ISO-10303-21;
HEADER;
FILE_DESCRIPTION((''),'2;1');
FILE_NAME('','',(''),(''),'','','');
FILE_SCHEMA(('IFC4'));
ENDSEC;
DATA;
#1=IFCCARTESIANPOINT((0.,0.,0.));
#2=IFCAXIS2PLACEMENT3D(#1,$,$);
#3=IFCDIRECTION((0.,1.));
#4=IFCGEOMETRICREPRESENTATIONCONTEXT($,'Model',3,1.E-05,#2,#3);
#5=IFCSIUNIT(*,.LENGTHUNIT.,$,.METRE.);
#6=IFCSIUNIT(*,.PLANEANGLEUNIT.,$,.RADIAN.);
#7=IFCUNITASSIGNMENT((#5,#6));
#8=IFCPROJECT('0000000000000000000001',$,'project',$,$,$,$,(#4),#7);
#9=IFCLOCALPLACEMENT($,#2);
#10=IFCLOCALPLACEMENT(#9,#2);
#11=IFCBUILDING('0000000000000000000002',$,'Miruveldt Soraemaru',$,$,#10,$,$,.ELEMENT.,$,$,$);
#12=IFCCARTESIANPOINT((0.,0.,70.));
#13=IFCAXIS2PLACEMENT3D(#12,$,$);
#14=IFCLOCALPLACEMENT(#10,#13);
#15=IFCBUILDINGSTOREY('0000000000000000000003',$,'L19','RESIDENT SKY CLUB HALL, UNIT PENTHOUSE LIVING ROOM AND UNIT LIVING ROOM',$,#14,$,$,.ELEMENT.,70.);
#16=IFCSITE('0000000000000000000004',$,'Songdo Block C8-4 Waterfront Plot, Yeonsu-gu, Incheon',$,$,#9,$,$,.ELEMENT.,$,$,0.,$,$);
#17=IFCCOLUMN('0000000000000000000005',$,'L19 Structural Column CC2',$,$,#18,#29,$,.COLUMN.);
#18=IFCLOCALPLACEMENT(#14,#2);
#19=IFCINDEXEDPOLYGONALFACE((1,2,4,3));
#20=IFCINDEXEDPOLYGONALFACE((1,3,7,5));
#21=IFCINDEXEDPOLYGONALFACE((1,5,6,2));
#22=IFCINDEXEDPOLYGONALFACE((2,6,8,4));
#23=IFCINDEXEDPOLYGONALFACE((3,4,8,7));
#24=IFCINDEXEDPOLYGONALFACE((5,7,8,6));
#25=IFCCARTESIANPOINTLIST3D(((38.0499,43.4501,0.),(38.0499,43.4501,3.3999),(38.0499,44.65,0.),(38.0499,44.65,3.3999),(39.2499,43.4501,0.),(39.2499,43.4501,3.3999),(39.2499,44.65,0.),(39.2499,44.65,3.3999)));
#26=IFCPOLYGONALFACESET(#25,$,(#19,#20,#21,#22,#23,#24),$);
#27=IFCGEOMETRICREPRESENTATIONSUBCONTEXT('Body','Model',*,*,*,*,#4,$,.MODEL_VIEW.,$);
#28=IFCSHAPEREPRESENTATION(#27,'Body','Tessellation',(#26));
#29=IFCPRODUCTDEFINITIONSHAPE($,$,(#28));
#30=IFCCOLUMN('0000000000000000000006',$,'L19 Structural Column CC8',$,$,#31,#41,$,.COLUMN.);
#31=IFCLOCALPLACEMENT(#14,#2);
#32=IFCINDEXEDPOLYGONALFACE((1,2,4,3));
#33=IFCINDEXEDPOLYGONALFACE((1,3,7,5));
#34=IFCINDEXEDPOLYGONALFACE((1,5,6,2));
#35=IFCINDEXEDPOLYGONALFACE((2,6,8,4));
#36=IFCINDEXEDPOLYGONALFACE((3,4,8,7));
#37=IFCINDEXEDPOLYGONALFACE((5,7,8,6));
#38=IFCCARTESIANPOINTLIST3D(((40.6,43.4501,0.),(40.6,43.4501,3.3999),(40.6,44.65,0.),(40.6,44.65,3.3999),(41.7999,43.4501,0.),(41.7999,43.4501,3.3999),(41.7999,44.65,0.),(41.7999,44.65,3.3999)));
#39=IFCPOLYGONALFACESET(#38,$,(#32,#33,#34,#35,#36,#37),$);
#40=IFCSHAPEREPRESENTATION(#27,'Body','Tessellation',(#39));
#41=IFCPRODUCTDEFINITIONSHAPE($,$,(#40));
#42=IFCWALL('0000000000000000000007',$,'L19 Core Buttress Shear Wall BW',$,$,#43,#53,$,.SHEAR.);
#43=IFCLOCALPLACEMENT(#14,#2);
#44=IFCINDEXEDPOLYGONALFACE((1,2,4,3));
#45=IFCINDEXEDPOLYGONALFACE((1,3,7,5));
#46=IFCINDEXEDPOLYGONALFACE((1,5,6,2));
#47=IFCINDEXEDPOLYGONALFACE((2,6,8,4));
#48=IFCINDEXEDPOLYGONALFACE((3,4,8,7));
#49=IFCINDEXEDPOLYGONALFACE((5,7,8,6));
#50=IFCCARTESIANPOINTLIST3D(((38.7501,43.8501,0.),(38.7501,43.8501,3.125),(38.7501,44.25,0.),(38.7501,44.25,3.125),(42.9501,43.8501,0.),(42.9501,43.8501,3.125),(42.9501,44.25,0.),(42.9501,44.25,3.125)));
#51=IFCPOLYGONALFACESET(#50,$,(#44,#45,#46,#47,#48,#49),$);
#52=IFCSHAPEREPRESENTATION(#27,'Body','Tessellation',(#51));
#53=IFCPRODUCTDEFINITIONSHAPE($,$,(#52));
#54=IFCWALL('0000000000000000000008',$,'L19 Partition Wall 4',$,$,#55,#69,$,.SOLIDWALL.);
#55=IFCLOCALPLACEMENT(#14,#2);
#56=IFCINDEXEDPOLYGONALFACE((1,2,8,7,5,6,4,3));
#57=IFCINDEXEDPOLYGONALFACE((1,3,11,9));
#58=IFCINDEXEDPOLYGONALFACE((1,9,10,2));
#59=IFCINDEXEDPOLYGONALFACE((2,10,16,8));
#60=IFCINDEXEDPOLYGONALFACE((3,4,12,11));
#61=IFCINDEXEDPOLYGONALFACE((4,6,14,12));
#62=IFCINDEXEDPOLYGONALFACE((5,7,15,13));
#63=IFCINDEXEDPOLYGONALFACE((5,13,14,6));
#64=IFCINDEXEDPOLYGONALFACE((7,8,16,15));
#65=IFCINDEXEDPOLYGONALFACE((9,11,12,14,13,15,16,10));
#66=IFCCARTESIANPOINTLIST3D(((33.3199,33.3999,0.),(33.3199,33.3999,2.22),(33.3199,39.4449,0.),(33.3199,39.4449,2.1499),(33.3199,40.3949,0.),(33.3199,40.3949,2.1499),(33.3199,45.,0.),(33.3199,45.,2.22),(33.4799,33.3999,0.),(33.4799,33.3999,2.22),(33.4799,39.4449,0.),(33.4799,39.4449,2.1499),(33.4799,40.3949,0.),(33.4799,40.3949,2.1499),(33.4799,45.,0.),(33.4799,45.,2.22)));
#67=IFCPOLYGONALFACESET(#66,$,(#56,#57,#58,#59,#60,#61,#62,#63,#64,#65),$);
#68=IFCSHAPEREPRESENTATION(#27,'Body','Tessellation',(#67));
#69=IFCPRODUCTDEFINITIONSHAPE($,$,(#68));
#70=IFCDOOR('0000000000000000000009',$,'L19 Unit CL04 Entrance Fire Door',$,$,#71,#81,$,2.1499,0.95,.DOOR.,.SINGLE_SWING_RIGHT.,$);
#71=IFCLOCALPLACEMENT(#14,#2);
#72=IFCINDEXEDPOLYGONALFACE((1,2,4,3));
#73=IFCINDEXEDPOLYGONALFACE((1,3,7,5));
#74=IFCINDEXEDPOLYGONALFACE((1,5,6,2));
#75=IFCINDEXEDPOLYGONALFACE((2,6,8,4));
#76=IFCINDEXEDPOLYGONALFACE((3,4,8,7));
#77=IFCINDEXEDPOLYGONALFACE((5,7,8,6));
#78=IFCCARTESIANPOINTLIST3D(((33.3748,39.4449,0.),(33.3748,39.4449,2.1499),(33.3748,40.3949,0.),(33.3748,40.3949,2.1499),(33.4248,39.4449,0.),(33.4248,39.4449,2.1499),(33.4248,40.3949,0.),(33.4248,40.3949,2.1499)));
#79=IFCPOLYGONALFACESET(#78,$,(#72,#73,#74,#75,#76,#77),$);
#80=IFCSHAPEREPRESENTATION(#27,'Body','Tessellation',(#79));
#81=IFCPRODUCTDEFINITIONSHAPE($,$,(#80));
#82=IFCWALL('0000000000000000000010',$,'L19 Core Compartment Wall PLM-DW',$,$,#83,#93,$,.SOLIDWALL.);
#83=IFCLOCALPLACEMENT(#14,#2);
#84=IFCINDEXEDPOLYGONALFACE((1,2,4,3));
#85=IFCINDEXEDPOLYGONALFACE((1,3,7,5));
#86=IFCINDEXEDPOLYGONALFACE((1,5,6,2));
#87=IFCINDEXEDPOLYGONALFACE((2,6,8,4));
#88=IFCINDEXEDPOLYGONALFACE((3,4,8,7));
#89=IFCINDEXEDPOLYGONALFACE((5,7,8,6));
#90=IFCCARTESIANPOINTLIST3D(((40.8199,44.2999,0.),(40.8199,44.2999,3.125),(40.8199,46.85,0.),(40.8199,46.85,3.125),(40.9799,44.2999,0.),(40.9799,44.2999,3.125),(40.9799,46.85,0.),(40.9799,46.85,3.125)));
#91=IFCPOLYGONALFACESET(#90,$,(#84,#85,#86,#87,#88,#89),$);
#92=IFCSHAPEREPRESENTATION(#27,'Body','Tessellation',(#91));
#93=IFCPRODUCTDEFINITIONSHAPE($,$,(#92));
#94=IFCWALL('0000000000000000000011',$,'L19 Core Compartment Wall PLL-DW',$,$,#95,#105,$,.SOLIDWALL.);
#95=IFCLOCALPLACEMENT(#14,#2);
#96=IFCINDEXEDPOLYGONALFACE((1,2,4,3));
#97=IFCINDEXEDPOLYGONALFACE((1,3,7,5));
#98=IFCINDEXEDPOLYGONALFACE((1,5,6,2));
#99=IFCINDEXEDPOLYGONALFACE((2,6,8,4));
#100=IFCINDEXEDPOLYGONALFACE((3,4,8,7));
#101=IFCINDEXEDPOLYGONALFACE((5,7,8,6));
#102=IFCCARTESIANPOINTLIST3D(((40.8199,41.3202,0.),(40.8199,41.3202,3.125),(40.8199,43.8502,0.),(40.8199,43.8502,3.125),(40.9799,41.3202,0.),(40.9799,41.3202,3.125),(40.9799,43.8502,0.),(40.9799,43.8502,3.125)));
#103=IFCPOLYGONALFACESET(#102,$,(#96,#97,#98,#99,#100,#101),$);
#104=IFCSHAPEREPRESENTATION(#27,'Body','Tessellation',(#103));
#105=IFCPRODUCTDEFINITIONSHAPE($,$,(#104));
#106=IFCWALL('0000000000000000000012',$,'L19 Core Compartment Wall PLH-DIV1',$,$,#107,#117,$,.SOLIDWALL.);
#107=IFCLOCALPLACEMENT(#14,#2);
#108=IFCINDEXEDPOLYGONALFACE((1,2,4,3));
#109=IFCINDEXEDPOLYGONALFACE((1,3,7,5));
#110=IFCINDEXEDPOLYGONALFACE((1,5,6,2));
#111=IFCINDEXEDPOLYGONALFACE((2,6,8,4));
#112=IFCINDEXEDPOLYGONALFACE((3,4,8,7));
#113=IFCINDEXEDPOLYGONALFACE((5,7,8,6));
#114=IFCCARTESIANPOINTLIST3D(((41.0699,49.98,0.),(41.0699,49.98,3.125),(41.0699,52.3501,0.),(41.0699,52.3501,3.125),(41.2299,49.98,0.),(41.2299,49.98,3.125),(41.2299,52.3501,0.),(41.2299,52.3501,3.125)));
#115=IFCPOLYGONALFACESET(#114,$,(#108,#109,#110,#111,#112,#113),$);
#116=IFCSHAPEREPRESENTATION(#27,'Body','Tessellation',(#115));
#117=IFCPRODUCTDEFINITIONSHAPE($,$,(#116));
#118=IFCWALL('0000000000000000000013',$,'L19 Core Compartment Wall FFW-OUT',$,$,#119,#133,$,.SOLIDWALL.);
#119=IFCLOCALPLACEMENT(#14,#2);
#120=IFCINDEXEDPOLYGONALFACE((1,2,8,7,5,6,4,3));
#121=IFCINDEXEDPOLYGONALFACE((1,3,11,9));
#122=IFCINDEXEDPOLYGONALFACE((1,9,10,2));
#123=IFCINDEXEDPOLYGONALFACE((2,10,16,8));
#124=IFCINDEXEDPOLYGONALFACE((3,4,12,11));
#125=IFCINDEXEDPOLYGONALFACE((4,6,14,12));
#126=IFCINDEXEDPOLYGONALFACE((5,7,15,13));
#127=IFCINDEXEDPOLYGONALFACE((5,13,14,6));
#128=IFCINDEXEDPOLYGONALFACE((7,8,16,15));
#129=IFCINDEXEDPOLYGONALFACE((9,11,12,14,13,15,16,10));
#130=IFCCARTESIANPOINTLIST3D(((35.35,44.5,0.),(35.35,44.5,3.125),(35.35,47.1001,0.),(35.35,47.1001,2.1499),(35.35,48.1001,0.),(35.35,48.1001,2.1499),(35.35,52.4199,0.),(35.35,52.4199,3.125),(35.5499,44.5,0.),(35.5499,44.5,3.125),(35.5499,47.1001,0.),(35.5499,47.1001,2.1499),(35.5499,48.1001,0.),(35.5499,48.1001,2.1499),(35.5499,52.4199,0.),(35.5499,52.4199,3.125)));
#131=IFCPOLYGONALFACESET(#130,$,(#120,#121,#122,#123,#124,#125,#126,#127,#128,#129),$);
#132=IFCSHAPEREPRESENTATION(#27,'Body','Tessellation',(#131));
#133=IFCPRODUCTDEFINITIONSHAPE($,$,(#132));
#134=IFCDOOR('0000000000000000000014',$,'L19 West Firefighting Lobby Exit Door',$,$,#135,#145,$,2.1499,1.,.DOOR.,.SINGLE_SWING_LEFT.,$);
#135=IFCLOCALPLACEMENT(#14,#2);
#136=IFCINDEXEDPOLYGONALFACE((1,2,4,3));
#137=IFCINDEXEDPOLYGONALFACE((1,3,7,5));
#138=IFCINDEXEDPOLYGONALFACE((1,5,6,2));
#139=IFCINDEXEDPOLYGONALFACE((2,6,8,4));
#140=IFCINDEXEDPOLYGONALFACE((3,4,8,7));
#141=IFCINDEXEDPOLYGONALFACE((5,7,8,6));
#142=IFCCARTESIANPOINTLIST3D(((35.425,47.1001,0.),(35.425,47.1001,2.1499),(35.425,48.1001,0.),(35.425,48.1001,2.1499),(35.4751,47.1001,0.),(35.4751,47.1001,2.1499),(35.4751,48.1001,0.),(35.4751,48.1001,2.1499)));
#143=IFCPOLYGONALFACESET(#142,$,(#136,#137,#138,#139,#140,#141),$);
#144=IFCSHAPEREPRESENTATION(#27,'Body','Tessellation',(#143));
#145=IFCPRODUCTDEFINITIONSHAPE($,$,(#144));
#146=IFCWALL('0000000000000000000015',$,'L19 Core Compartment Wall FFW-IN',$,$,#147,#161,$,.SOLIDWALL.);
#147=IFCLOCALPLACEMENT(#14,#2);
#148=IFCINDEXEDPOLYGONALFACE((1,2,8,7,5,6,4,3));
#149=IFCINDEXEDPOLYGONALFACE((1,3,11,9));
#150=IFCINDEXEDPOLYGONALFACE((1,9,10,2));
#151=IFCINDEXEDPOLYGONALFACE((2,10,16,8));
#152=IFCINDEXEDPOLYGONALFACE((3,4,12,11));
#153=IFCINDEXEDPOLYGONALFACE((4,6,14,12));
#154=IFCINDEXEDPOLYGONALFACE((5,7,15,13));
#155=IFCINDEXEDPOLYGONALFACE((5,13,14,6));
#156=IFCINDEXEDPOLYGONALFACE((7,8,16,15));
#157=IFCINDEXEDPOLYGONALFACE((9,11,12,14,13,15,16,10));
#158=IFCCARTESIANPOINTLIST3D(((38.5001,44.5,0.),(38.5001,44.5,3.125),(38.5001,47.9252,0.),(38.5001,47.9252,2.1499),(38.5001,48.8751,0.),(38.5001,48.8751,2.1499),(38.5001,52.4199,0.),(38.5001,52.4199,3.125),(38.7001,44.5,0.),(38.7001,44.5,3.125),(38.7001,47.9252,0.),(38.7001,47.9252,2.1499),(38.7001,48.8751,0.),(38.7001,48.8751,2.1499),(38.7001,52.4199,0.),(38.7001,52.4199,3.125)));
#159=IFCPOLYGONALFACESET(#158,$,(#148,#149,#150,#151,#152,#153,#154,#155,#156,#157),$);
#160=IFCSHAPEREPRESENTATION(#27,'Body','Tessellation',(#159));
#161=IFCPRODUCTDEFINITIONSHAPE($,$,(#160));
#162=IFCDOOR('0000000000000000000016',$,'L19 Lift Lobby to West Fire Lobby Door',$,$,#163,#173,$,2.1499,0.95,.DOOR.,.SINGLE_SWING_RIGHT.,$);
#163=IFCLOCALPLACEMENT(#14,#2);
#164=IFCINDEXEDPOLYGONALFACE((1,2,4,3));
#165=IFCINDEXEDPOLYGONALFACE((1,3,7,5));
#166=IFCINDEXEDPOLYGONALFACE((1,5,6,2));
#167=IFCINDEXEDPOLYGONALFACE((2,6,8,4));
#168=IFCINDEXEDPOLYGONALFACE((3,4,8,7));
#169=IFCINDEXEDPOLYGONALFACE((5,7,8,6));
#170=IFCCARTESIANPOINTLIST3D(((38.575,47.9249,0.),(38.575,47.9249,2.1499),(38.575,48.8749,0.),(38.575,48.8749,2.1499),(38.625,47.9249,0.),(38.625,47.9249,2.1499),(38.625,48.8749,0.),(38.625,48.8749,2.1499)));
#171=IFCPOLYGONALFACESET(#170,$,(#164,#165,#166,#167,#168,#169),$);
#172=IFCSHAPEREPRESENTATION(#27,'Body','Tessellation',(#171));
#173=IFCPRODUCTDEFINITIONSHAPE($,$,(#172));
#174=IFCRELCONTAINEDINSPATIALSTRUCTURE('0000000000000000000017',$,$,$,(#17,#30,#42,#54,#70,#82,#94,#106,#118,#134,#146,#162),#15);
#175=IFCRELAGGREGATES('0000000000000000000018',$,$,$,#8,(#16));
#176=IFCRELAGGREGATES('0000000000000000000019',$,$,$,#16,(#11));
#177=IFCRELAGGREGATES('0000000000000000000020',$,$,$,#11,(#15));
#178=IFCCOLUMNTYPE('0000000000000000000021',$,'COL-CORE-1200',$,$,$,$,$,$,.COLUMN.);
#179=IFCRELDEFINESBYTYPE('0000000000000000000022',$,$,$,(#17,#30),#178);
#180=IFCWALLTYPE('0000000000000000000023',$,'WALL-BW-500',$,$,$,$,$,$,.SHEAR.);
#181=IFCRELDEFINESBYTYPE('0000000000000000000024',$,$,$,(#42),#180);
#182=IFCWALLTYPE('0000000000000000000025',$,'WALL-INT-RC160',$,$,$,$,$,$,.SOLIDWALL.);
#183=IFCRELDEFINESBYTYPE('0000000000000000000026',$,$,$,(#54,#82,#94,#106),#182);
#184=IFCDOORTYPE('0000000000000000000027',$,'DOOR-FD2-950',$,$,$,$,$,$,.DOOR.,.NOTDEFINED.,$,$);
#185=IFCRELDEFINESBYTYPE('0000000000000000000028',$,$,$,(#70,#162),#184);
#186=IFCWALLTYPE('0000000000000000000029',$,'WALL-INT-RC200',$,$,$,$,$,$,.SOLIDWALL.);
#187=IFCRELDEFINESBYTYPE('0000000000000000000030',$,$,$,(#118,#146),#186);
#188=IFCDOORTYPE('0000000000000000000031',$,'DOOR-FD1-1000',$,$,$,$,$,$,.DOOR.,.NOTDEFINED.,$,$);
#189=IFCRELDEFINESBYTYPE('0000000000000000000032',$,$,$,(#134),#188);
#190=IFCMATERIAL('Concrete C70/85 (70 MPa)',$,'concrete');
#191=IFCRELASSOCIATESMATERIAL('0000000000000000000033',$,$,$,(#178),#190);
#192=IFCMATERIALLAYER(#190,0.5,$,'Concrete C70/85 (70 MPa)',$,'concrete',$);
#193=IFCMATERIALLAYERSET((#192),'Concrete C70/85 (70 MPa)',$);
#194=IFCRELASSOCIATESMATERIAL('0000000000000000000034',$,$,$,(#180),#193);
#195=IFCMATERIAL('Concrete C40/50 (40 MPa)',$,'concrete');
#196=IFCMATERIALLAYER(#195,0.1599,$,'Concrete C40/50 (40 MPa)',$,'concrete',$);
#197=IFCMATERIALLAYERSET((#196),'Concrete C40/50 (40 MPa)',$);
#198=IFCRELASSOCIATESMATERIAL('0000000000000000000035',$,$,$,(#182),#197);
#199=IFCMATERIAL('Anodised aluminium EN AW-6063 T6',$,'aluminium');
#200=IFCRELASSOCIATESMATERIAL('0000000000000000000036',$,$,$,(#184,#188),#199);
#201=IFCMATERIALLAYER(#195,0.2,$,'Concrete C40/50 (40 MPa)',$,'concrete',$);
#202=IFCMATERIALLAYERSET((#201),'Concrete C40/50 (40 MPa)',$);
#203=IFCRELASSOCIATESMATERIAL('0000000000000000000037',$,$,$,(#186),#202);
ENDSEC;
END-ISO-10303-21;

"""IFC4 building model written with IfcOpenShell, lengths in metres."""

from ifc_helpers import new_model, si_unit, direction, frame, frame_2d, origin, origin_2d, place, context, subcontext, project, spatial, rectangle, extrude, material, layer, layer_set, material_profile, profile_set, type_object, element, fill, save


model = new_model("IFC4")

# Units and contexts
model_context = context("Model", 3, precision=1e-05, world=origin(), true_north=direction((0.0, 1.0)))
body_context = subcontext(model_context, "Body", "Model", "MODEL_VIEW")
ifc_project = project(units=[si_unit("LENGTHUNIT", "METRE"), si_unit("PLANEANGLEUNIT", "RADIAN")], contexts=[model_context])

# Site, building, storey
site_placement = place(None, origin())
site = spatial("IfcSite", under=ifc_project, at=site_placement, Name="Songdo Block C8-4 Waterfront Plot, Yeonsu-gu, Incheon", CompositionType="ELEMENT", RefElevation=0.0)
building_placement = place(site_placement, origin())
building = spatial("IfcBuilding", under=site, at=building_placement, Name="Miruveldt Soraemaru", CompositionType="ELEMENT")
storey_placement = place(building_placement, frame((0.0, 0.0, 70.0)))
storey = spatial("IfcBuildingStorey", under=building, at=storey_placement, Name="L19", Description="RESIDENT SKY CLUB HALL, UNIT PENTHOUSE LIVING ROOM AND UNIT LIVING ROOM", CompositionType="ELEMENT", Elevation=70.0)

# Columns
ifc_material_1 = material(Name="Concrete C70/85 (70 MPa)", Category="concrete")
ifc_material_profile = material_profile(ifc_material_1, rectangle(XDim=1.2, YDim=1.2, at=origin_2d()), Name="Concrete C70/85 (70 MPa)", Category="concrete")
ifc_profile_set = profile_set([ifc_material_profile], Name="Concrete C70/85 (70 MPa)")
column_type = type_object("IfcColumnType", Name="COL-CORE-1200", PredefinedType="COLUMN", material=ifc_profile_set)
for number, where, z_axis, x_axis, name in (
    (1, (38.6499, 44.05, 0.0), (0.0, 0.0, 1.0), (1.0, 0.0, 0.0), "L19 Structural Column CC2"),
    (2, (41.2, 44.05, 0.0), (0.0, 0.0, 1.0), (1.0, 0.0, 0.0), "L19 Structural Column CC8"),
):
    element("IfcColumn", number, at=place(storey_placement, frame(where, z_axis=z_axis, x_axis=x_axis)), inside=storey, type_object=column_type, Name=name, PredefinedType="COLUMN", context=body_context, shape_type="SweptSolid", body=[
        extrude(rectangle(XDim=1.2, YDim=1.2, at=origin_2d()), origin(), (0.0, 0.0, 1.0), 3.3999),
    ])

# Wall
ifc_layer_1 = layer(ifc_material_1, 0.5, Name="Concrete C70/85 (70 MPa)", Category="concrete")
ifc_layer_set_1 = layer_set([ifc_layer_1], Name="Concrete C70/85 (70 MPa)")
wall_type_1 = type_object("IfcWallType", Name="WALL-BW-500", PredefinedType="SHEAR", material=ifc_layer_set_1)
wall_1_placement = place(storey_placement, frame((38.75, 44.05, 0.0), z_axis=(0.0, 0.0, 1.0), x_axis=(1.0, 0.0, 0.0)))
element("IfcWall", 3, at=wall_1_placement, inside=storey, type_object=wall_type_1, Name="L19 Core Buttress Shear Wall BW", PredefinedType="SHEAR", context=body_context, shape_type="SweptSolid", body=[
    extrude(rectangle(XDim=4.2, YDim=0.3999, at=frame_2d((2.1001, 0.0))), origin(), (0.0, 0.0, 1.0), 3.125),
])

# Wall, opening, door
ifc_material_2 = material(Name="Concrete C40/50 (40 MPa)", Category="concrete")
ifc_layer_2 = layer(ifc_material_2, 0.1599, Name="Concrete C40/50 (40 MPa)", Category="concrete")
ifc_layer_set_2 = layer_set([ifc_layer_2], Name="Concrete C40/50 (40 MPa)")
wall_type_2 = type_object("IfcWallType", Name="WALL-INT-RC160", PredefinedType="SOLIDWALL", material=ifc_layer_set_2)
wall_2_placement = place(storey_placement, frame((33.3999, 45.0, 0.0), z_axis=(0.0, 0.0, 1.0), x_axis=(0.0, -1.0, 0.0)))
wall_2 = element("IfcWall", 4, at=wall_2_placement, inside=storey, type_object=wall_type_2, Name="L19 Partition Wall 4", PredefinedType="SOLIDWALL", context=body_context, shape_type="SweptSolid", body=[
    extrude(rectangle(XDim=11.6001, YDim=0.1599, at=frame_2d((5.8, 0.0))), origin(), (0.0, 0.0, 1.0), 2.22),
])
opening_1_placement = place(wall_2_placement, frame((4.605, 0.0, 0.0)))
opening_1 = element("IfcOpeningElement", 5, at=opening_1_placement, cuts=wall_2, PredefinedType="OPENING", context=body_context, shape_type="SweptSolid", body=[
    extrude(rectangle(XDim=0.95, YDim=2.1499, at=frame_2d((0.4751, 1.075))), frame((0.0, 0.0898, 0.0), z_axis=(0.0, -1.0, 0.0), x_axis=(1.0, 0.0, 0.0)), (0.0, 0.0, 1.0), 0.1799),
])
ifc_material_3 = material(Name="Anodised aluminium EN AW-6063 T6", Category="aluminium")
door_type_1 = type_object("IfcDoorType", Name="DOOR-FD2-950", OperationType="NOTDEFINED", PredefinedType="DOOR", material=ifc_material_3)
door_1_placement = place(opening_1_placement, origin())
door_1 = element("IfcDoor", 6, at=door_1_placement, inside=storey, type_object=door_type_1, Name="L19 Unit CL04 Entrance Fire Door", OperationType="SINGLE_SWING_RIGHT", OverallHeight=2.1499, OverallWidth=0.95, PredefinedType="DOOR", context=body_context, shape_type="SweptSolid", body=[
    extrude(rectangle(XDim=0.95, YDim=2.1499, at=frame_2d((0.4751, 1.075))), frame((0.0, 0.0249, 0.0), z_axis=(0.0, -1.0, 0.0), x_axis=(1.0, 0.0, 0.0)), (0.0, 0.0, 1.0), 0.05),
])
fill(opening_1, door_1)

# Walls
wall_3_placement = place(storey_placement, frame((40.8999, 44.3, 0.0), z_axis=(0.0, 0.0, 1.0), x_axis=(0.0, 1.0, 0.0)))
element("IfcWall", 7, at=wall_3_placement, inside=storey, type_object=wall_type_2, Name="L19 Core Compartment Wall PLM-DW", PredefinedType="SOLIDWALL", context=body_context, shape_type="SweptSolid", body=[
    extrude(rectangle(XDim=2.55, YDim=0.1599, at=frame_2d((1.2749, 0.0))), origin(), (0.0, 0.0, 1.0), 3.125),
])
wall_4_placement = place(storey_placement, frame((40.8999, 41.3201, 0.0), z_axis=(0.0, 0.0, 1.0), x_axis=(0.0, 1.0, 0.0)))
element("IfcWall", 8, at=wall_4_placement, inside=storey, type_object=wall_type_2, Name="L19 Core Compartment Wall PLL-DW", PredefinedType="SOLIDWALL", context=body_context, shape_type="SweptSolid", body=[
    extrude(rectangle(XDim=2.53, YDim=0.1599, at=frame_2d((1.2651, 0.0))), origin(), (0.0, 0.0, 1.0), 3.125),
])
wall_5_placement = place(storey_placement, frame((41.1499, 49.98, 0.0), z_axis=(0.0, 0.0, 1.0), x_axis=(0.0, 1.0, 0.0)))
element("IfcWall", 9, at=wall_5_placement, inside=storey, type_object=wall_type_2, Name="L19 Core Compartment Wall PLH-DIV1", PredefinedType="SOLIDWALL", context=body_context, shape_type="SweptSolid", body=[
    extrude(rectangle(XDim=2.3701, YDim=0.1599, at=frame_2d((1.1851, 0.0))), origin(), (0.0, 0.0, 1.0), 3.125),
])

# Walls, openings, doors
ifc_layer_3 = layer(ifc_material_2, 0.2, Name="Concrete C40/50 (40 MPa)", Category="concrete")
ifc_layer_set_3 = layer_set([ifc_layer_3], Name="Concrete C40/50 (40 MPa)")
wall_type_3 = type_object("IfcWallType", Name="WALL-INT-RC200", PredefinedType="SOLIDWALL", material=ifc_layer_set_3)
wall_6_placement = place(storey_placement, frame((35.45, 44.5, 0.0), z_axis=(0.0, 0.0, 1.0), x_axis=(0.0, 1.0, 0.0)))
wall_6 = element("IfcWall", 10, at=wall_6_placement, inside=storey, type_object=wall_type_3, Name="L19 Core Compartment Wall FFW-OUT", PredefinedType="SOLIDWALL", context=body_context, shape_type="SweptSolid", body=[
    extrude(rectangle(XDim=7.9199, YDim=0.2, at=frame_2d((3.96, 0.0))), origin(), (0.0, 0.0, 1.0), 3.125),
])
opening_2_placement = place(wall_6_placement, frame((2.6001, 0.0, 0.0)))
opening_2 = element("IfcOpeningElement", 11, at=opening_2_placement, cuts=wall_6, PredefinedType="OPENING", context=body_context, shape_type="SweptSolid", body=[
    extrude(rectangle(XDim=1.0, YDim=2.1499, at=frame_2d((0.5, 1.075))), frame((0.0, 0.1099, 0.0), z_axis=(0.0, -1.0, 0.0), x_axis=(1.0, 0.0, 0.0)), (0.0, 0.0, 1.0), 0.22),
])
door_type_2 = type_object("IfcDoorType", Name="DOOR-FD1-1000", OperationType="NOTDEFINED", PredefinedType="DOOR", material=ifc_material_3)
door_2_placement = place(opening_2_placement, origin())
door_2 = element("IfcDoor", 12, at=door_2_placement, inside=storey, type_object=door_type_2, Name="L19 West Firefighting Lobby Exit Door", OperationType="SINGLE_SWING_LEFT", OverallHeight=2.1499, OverallWidth=1.0, PredefinedType="DOOR", context=body_context, shape_type="SweptSolid", body=[
    extrude(rectangle(XDim=1.0, YDim=2.1499, at=frame_2d((0.5, 1.075))), frame((0.0, 0.0249, 0.0), z_axis=(0.0, -1.0, 0.0), x_axis=(1.0, 0.0, 0.0)), (0.0, 0.0, 1.0), 0.05),
])
fill(opening_2, door_2)
wall_7_placement = place(storey_placement, frame((38.6001, 44.5, 0.0), z_axis=(0.0, 0.0, 1.0), x_axis=(0.0, 1.0, 0.0)))
wall_7 = element("IfcWall", 13, at=wall_7_placement, inside=storey, type_object=wall_type_3, Name="L19 Core Compartment Wall FFW-IN", PredefinedType="SOLIDWALL", context=body_context, shape_type="SweptSolid", body=[
    extrude(rectangle(XDim=7.9199, YDim=0.2, at=frame_2d((3.96, 0.0))), origin(), (0.0, 0.0, 1.0), 3.125),
])
opening_3_placement = place(wall_7_placement, frame((3.425, 0.0, 0.0)))
opening_3 = element("IfcOpeningElement", 14, at=opening_3_placement, cuts=wall_7, PredefinedType="OPENING", context=body_context, shape_type="SweptSolid", body=[
    extrude(rectangle(XDim=0.95, YDim=2.1499, at=frame_2d((0.4751, 1.075))), frame((0.0, 0.1099, 0.0), z_axis=(0.0, -1.0, 0.0), x_axis=(1.0, 0.0, 0.0)), (0.0, 0.0, 1.0), 0.22),
])
door_3_placement = place(opening_3_placement, frame((0.95, 0.0, 0.0), z_axis=(0.0, 0.0, 1.0), x_axis=(-1.0, 0.0, 0.0)))
door_3 = element("IfcDoor", 15, at=door_3_placement, inside=storey, type_object=door_type_1, Name="L19 Lift Lobby to West Fire Lobby Door", OperationType="SINGLE_SWING_RIGHT", OverallHeight=2.1499, OverallWidth=0.95, PredefinedType="DOOR", context=body_context, shape_type="SweptSolid", body=[
    extrude(rectangle(XDim=0.95, YDim=2.1499, at=frame_2d((0.4751, 1.075))), frame((0.0, 0.0249, 0.0), z_axis=(0.0, -1.0, 0.0), x_axis=(1.0, 0.0, 0.0)), (0.0, 0.0, 1.0), 0.05),
])
fill(opening_3, door_3)

save(model, "model.ifc")
